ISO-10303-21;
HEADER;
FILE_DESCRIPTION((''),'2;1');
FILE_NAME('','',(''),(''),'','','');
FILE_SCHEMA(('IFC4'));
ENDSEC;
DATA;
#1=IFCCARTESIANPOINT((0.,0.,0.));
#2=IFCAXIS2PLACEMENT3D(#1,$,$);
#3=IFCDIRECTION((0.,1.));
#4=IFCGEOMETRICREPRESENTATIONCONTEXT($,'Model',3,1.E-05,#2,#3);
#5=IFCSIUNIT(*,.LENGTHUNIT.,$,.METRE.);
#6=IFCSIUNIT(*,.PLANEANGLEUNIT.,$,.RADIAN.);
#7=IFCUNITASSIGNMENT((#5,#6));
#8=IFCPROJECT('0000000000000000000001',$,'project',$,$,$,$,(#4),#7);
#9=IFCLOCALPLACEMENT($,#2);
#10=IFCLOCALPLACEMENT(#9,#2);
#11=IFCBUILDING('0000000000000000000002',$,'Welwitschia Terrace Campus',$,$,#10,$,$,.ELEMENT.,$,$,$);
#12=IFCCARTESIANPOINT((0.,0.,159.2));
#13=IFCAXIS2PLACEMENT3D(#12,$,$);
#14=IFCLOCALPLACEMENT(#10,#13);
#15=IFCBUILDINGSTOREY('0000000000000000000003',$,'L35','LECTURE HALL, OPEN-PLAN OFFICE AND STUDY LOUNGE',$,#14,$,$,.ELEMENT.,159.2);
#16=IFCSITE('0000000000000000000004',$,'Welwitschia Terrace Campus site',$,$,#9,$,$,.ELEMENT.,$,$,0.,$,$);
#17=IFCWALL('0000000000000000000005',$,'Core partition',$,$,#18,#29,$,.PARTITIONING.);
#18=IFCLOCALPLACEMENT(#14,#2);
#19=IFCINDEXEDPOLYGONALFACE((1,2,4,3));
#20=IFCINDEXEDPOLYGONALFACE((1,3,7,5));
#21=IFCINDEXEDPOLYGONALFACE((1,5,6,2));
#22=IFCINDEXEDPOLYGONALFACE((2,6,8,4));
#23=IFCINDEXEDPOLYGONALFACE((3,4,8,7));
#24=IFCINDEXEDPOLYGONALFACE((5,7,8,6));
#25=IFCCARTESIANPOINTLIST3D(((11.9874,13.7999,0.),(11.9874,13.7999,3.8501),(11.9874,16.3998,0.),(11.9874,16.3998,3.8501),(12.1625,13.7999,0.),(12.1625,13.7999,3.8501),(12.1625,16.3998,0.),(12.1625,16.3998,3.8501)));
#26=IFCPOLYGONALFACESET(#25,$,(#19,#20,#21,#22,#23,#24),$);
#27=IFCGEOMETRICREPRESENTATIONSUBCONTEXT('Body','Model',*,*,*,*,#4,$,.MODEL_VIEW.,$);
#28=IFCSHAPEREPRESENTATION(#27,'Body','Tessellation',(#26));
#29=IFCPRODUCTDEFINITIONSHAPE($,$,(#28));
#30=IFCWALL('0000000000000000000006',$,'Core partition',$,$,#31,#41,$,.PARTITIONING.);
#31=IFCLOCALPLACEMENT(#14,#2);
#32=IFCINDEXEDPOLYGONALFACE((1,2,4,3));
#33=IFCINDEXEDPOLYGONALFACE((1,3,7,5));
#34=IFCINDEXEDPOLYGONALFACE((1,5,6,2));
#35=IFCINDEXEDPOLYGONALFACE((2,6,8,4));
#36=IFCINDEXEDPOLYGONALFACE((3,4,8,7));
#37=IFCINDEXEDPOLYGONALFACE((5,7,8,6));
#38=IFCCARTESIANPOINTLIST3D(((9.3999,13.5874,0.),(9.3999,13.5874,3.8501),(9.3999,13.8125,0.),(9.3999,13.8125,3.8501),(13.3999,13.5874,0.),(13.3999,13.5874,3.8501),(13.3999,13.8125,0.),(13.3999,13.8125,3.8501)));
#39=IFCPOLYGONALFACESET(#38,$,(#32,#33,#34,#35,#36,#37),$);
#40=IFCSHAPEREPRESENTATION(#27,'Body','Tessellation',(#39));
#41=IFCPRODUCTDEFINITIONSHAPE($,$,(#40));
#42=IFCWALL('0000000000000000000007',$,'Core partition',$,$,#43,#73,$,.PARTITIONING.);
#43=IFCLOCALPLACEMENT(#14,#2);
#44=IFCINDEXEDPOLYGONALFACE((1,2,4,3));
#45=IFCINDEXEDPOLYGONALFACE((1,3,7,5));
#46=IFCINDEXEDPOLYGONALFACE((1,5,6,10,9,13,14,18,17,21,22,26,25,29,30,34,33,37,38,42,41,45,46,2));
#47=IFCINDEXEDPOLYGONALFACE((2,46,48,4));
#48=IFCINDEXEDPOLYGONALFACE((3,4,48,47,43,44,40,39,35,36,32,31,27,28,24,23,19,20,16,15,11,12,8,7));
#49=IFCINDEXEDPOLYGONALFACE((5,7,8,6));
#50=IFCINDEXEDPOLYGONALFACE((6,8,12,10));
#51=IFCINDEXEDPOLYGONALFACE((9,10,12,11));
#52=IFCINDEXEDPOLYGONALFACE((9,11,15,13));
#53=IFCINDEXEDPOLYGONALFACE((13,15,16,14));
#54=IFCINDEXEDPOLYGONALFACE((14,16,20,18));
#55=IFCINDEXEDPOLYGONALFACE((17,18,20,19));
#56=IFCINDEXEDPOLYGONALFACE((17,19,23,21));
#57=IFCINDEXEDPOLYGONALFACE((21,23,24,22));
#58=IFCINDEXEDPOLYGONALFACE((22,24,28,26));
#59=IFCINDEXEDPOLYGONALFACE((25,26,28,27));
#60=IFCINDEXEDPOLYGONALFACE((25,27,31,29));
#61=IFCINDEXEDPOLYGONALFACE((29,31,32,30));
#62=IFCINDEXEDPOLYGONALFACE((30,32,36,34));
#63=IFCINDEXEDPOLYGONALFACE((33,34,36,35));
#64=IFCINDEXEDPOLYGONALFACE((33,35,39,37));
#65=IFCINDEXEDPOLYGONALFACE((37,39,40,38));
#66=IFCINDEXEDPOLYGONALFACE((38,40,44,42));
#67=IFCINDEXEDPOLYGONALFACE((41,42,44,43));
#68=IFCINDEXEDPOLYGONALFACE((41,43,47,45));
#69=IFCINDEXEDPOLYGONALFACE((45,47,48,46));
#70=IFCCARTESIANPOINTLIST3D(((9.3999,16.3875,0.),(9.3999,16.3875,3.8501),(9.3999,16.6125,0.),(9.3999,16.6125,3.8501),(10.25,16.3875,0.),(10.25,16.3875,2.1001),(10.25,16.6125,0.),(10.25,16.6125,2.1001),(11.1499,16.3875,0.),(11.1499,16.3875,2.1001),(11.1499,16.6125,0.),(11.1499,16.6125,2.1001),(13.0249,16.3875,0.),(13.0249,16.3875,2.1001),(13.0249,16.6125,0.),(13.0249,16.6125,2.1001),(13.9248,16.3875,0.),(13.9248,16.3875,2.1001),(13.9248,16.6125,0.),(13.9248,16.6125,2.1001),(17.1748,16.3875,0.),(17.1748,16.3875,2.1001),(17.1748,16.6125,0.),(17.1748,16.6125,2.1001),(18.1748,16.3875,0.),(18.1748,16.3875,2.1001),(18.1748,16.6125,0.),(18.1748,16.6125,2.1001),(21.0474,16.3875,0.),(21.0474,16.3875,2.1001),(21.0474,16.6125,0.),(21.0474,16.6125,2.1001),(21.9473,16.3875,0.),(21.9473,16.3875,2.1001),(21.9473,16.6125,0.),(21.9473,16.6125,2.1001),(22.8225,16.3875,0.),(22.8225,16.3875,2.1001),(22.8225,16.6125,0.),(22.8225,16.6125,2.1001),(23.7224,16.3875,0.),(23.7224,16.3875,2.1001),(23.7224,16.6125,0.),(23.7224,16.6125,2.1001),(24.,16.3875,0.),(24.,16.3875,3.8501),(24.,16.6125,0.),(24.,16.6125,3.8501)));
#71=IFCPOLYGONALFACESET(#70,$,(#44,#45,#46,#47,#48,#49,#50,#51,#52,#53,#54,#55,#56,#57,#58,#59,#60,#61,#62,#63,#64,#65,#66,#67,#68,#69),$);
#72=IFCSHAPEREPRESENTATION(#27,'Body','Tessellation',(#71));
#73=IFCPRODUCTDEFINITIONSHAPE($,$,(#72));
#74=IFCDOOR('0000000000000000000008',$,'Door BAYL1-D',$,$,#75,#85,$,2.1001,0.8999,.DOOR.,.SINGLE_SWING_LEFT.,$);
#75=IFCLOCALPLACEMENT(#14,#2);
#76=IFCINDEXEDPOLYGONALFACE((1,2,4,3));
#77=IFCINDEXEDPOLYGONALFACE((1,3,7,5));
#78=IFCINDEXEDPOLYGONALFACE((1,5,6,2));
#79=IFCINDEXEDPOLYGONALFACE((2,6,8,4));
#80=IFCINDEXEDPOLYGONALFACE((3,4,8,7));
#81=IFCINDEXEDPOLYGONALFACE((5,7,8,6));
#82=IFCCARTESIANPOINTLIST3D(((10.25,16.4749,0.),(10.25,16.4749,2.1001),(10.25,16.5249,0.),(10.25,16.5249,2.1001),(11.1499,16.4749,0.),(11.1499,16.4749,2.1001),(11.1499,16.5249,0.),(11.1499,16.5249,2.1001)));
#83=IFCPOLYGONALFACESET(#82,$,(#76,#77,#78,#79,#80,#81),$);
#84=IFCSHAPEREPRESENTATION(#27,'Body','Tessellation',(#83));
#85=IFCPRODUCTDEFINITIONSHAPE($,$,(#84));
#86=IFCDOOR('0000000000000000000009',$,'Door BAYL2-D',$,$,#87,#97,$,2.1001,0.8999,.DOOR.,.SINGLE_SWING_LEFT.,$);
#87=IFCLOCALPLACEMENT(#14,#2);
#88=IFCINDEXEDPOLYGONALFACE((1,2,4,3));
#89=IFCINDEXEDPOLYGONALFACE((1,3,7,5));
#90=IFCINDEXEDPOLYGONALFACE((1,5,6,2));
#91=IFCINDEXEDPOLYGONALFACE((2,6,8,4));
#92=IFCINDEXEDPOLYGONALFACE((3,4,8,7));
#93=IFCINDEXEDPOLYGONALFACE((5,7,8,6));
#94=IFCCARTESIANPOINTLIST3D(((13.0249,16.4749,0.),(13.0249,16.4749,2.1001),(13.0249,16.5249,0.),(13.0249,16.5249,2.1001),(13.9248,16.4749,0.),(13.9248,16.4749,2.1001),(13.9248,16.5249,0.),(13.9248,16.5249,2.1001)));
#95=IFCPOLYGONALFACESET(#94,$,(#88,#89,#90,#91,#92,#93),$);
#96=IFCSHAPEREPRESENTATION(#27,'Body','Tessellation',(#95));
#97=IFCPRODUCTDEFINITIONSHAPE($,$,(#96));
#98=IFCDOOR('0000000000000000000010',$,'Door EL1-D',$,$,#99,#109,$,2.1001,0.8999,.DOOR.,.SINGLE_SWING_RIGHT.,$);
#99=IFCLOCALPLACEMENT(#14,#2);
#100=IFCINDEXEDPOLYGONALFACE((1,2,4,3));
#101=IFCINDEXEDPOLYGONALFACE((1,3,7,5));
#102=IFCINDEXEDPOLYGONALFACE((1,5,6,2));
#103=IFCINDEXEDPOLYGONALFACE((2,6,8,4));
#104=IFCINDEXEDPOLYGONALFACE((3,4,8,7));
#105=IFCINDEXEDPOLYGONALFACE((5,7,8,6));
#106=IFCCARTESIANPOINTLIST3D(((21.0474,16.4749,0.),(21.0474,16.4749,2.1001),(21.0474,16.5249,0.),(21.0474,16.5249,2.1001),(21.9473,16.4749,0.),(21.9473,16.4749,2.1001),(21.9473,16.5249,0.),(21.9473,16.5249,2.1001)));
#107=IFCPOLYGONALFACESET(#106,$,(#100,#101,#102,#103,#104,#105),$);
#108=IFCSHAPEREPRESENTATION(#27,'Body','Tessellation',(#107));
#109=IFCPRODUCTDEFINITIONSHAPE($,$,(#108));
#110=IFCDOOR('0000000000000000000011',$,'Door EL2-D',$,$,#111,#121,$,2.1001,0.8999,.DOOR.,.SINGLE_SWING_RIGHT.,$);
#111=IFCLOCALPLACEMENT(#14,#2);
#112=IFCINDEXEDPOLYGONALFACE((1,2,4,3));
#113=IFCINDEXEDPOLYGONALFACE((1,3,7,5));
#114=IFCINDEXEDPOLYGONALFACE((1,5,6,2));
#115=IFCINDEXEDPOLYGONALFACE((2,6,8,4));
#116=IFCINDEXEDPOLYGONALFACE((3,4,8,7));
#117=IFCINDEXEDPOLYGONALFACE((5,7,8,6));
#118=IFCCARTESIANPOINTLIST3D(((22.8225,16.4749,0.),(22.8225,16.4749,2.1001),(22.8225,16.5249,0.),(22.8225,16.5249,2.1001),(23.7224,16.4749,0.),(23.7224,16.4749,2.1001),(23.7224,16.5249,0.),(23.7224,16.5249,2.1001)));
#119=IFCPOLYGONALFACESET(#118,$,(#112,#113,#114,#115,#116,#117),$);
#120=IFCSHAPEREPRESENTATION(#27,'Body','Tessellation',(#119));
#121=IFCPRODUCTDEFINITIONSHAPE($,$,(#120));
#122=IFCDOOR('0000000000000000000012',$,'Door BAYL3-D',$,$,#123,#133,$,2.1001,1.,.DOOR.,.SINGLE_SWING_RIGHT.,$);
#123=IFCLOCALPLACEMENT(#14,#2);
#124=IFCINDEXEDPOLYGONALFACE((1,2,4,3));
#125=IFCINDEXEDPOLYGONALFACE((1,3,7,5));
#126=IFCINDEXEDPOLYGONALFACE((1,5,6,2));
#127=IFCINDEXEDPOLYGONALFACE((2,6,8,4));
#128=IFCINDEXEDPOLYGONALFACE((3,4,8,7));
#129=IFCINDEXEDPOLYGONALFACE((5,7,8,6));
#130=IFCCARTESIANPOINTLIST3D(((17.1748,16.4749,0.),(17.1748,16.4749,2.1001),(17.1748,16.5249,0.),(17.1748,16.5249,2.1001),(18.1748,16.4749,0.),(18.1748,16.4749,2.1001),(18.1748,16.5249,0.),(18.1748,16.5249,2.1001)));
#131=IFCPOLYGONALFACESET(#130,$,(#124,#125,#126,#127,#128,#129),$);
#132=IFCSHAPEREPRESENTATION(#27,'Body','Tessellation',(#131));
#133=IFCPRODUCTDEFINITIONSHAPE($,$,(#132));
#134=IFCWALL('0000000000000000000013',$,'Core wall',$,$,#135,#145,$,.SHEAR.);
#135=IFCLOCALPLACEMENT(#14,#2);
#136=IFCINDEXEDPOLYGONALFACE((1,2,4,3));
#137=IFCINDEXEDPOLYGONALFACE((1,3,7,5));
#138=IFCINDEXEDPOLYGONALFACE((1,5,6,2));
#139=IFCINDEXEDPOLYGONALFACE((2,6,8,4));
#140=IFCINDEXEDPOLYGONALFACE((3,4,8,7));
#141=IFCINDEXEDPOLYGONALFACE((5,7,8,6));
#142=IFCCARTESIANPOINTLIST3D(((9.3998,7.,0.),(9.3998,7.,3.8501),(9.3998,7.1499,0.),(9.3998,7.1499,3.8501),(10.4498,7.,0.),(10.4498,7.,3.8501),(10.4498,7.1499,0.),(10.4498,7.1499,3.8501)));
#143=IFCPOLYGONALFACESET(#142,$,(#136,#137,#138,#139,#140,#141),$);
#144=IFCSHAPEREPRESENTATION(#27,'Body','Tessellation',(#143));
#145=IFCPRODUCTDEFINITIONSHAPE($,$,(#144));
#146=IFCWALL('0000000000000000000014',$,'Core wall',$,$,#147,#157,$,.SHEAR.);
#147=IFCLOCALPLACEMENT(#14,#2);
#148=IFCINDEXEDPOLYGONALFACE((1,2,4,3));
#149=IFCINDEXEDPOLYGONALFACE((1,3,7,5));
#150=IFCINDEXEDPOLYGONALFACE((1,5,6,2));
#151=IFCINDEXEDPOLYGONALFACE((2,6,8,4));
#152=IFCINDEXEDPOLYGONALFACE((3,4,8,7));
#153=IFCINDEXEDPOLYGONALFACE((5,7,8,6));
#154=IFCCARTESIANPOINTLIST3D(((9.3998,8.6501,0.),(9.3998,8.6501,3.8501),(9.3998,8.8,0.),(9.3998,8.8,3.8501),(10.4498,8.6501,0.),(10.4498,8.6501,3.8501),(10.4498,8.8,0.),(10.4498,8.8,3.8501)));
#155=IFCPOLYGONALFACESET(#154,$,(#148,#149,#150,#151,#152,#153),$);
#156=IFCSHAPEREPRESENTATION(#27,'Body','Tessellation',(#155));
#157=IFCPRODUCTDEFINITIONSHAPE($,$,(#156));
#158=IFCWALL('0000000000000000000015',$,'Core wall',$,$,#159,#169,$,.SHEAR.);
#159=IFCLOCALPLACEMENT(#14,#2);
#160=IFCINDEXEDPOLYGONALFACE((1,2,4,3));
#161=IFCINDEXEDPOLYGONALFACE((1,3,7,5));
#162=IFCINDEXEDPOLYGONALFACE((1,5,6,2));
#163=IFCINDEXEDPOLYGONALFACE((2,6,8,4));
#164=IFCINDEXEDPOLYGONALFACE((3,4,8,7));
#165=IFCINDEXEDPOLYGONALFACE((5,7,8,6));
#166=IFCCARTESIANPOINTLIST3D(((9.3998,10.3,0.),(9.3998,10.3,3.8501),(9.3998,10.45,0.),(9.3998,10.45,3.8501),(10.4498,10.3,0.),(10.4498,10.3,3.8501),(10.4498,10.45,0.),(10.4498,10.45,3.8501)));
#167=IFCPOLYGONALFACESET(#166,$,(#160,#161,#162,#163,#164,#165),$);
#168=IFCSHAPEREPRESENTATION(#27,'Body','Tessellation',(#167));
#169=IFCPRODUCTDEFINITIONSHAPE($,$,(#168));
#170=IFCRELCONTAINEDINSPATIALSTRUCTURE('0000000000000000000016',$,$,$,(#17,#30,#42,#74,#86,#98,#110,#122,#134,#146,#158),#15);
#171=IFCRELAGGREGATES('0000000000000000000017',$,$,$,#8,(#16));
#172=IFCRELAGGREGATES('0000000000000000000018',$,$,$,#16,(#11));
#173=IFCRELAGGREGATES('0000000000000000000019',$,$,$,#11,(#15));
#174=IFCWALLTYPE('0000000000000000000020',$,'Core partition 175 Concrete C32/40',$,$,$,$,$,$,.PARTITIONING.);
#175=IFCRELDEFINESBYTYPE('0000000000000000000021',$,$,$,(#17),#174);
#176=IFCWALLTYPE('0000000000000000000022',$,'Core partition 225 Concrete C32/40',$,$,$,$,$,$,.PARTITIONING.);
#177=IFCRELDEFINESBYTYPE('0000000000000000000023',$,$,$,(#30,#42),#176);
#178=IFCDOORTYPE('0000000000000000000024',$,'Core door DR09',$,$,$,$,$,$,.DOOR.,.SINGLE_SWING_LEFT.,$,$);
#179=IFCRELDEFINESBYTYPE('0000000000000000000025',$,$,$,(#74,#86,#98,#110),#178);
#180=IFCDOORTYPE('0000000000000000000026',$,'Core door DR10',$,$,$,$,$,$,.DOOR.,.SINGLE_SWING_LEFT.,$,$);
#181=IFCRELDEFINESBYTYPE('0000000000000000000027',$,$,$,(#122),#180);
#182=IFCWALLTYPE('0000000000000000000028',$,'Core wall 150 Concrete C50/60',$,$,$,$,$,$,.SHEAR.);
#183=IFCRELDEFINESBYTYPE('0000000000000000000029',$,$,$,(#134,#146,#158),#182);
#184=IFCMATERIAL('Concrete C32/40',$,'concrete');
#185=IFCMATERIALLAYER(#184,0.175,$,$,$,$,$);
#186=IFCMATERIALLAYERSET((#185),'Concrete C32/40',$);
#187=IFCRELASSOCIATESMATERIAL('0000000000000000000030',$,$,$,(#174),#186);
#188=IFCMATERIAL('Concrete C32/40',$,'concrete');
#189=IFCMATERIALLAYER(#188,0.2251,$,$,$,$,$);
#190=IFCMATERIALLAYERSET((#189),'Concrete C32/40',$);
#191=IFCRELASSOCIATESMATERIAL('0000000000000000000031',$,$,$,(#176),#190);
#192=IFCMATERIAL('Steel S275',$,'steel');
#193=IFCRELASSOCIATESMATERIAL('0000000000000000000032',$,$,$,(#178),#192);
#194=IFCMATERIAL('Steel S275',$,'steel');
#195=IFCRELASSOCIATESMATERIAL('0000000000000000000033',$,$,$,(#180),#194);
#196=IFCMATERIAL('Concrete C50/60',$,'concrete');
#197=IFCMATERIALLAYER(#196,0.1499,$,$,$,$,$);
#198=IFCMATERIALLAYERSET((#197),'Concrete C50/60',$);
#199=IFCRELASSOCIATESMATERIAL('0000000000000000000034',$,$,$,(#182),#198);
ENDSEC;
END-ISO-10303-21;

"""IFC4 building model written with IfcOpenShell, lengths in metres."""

from ifc_helpers import new_model, si_unit, direction, frame, frame_2d, origin, place, context, subcontext, project, spatial, rectangle, extrude, material, layer, layer_set, type_object, element, fill, save


model = new_model("IFC4")

# Units and contexts
model_context = context("Model", 3, precision=1e-05, world=origin(), true_north=direction((0.0, 1.0)))
body_context = subcontext(model_context, "Body", "Model", "MODEL_VIEW")
ifc_project = project(units=[si_unit("LENGTHUNIT", "METRE"), si_unit("PLANEANGLEUNIT", "RADIAN")], contexts=[model_context])

# Site, building, storey
site_placement = place(None, origin())
site = spatial("IfcSite", under=ifc_project, at=site_placement, Name="Welwitschia Terrace Campus site", CompositionType="ELEMENT", RefElevation=0.0)
building_placement = place(site_placement, origin())
building = spatial("IfcBuilding", under=site, at=building_placement, Name="Welwitschia Terrace Campus", CompositionType="ELEMENT")
storey_placement = place(building_placement, frame((0.0, 0.0, 159.2)))
storey = spatial("IfcBuildingStorey", under=building, at=storey_placement, Name="L35", Description="LECTURE HALL, OPEN-PLAN OFFICE AND STUDY LOUNGE", CompositionType="ELEMENT", Elevation=159.2)

# Walls
ifc_material_1 = material(Name="Concrete C32/40", Category="concrete")
ifc_layer_1 = layer(ifc_material_1, 0.175)
ifc_layer_set_1 = layer_set([ifc_layer_1], Name="Concrete C32/40")
wall_type_1 = type_object("IfcWallType", Name="Core partition 175 Concrete C32/40", PredefinedType="PARTITIONING", material=ifc_layer_set_1)
wall_1_placement = place(storey_placement, frame((12.075, 13.8, 0.0), z_axis=(0.0, 0.0, 1.0), x_axis=(0.0, 1.0, 0.0)))
element("IfcWall", 1, at=wall_1_placement, inside=storey, type_object=wall_type_1, Name="Core partition", PredefinedType="PARTITIONING", context=body_context, shape_type="SweptSolid", body=[
    extrude(rectangle(XDim=2.5999, YDim=0.175, at=frame_2d((1.2998, 0.0))), origin(), (0.0, 0.0, 1.0), 3.8501),
])
ifc_material_2 = material(Name="Concrete C32/40", Category="concrete")
ifc_layer_2 = layer(ifc_material_2, 0.2251)
ifc_layer_set_2 = layer_set([ifc_layer_2], Name="Concrete C32/40")
wall_type_2 = type_object("IfcWallType", Name="Core partition 225 Concrete C32/40", PredefinedType="PARTITIONING", material=ifc_layer_set_2)
wall_2_placement = place(storey_placement, frame((9.3999, 13.7, 0.0), z_axis=(0.0, 0.0, 1.0), x_axis=(1.0, 0.0, 0.0)))
element("IfcWall", 2, at=wall_2_placement, inside=storey, type_object=wall_type_2, Name="Core partition", PredefinedType="PARTITIONING", context=body_context, shape_type="SweptSolid", body=[
    extrude(rectangle(XDim=4.0, YDim=0.2251, at=frame_2d((2.0, 0.0))), origin(), (0.0, 0.0, 1.0), 3.8501),
])

# Wall, openings, doors
wall_3_placement = place(storey_placement, frame((9.3999, 16.5, 0.0), z_axis=(0.0, 0.0, 1.0), x_axis=(1.0, 0.0, 0.0)))
wall_3 = element("IfcWall", 3, at=wall_3_placement, inside=storey, type_object=wall_type_2, Name="Core partition", PredefinedType="PARTITIONING", context=body_context, shape_type="SweptSolid", body=[
    extrude(rectangle(XDim=14.6001, YDim=0.2251, at=frame_2d((7.3, 0.0))), origin(), (0.0, 0.0, 1.0), 3.8501),
])
opening_1_placement = place(wall_3_placement, frame((0.8501, 0.0, 0.0)))
opening_1 = element("IfcOpeningElement", 4, at=opening_1_placement, cuts=wall_3, PredefinedType="OPENING", context=body_context, shape_type="SweptSolid", body=[
    extrude(rectangle(XDim=0.8999, YDim=2.1001, at=frame_2d((0.45, 1.05))), frame((0.0, 0.1226, 0.0), z_axis=(0.0, -1.0, 0.0), x_axis=(1.0, 0.0, 0.0)), (0.0, 0.0, 1.0), 0.2451),
])
opening_2_placement = place(wall_3_placement, frame((3.625, 0.0, 0.0)))
opening_2 = element("IfcOpeningElement", 5, at=opening_2_placement, cuts=wall_3, PredefinedType="OPENING", context=body_context, shape_type="SweptSolid", body=[
    extrude(rectangle(XDim=0.8999, YDim=2.1001, at=frame_2d((0.45, 1.05))), frame((0.0, 0.1226, 0.0), z_axis=(0.0, -1.0, 0.0), x_axis=(1.0, 0.0, 0.0)), (0.0, 0.0, 1.0), 0.2451),
])
opening_3_placement = place(wall_3_placement, frame((7.7749, 0.0, 0.0)))
opening_3 = element("IfcOpeningElement", 6, at=opening_3_placement, cuts=wall_3, PredefinedType="OPENING", context=body_context, shape_type="SweptSolid", body=[
    extrude(rectangle(XDim=1.0, YDim=2.1001, at=frame_2d((0.5, 1.05))), frame((0.0, 0.1226, 0.0), z_axis=(0.0, -1.0, 0.0), x_axis=(1.0, 0.0, 0.0)), (0.0, 0.0, 1.0), 0.2451),
])
opening_4_placement = place(wall_3_placement, frame((11.6475, 0.0, 0.0)))
opening_4 = element("IfcOpeningElement", 7, at=opening_4_placement, cuts=wall_3, PredefinedType="OPENING", context=body_context, shape_type="SweptSolid", body=[
    extrude(rectangle(XDim=0.8999, YDim=2.1001, at=frame_2d((0.45, 1.05))), frame((0.0, 0.1226, 0.0), z_axis=(0.0, -1.0, 0.0), x_axis=(1.0, 0.0, 0.0)), (0.0, 0.0, 1.0), 0.2451),
])
opening_5_placement = place(wall_3_placement, frame((13.4226, 0.0, 0.0)))
opening_5 = element("IfcOpeningElement", 8, at=opening_5_placement, cuts=wall_3, PredefinedType="OPENING", context=body_context, shape_type="SweptSolid", body=[
    extrude(rectangle(XDim=0.8999, YDim=2.1001, at=frame_2d((0.45, 1.05))), frame((0.0, 0.1226, 0.0), z_axis=(0.0, -1.0, 0.0), x_axis=(1.0, 0.0, 0.0)), (0.0, 0.0, 1.0), 0.2451),
])
ifc_material_3 = material(Name="Steel S275", Category="steel")
door_type_1 = type_object("IfcDoorType", Name="Core door DR09", OperationType="SINGLE_SWING_LEFT", PredefinedType="DOOR", material=ifc_material_3)
door_1_placement = place(opening_1_placement, origin())
door_1 = element("IfcDoor", 9, at=door_1_placement, inside=storey, type_object=door_type_1, Name="Door BAYL1-D", OperationType="SINGLE_SWING_LEFT", OverallHeight=2.1001, OverallWidth=0.8999, PredefinedType="DOOR", context=body_context, shape_type="SweptSolid", body=[
    extrude(rectangle(XDim=0.8999, YDim=2.1001, at=frame_2d((0.45, 1.05))), frame((0.0, 0.0249, 0.0), z_axis=(0.0, -1.0, 0.0), x_axis=(1.0, 0.0, 0.0)), (0.0, 0.0, 1.0), 0.05),
])
fill(opening_1, door_1)
door_2_placement = place(opening_2_placement, origin())
door_2 = element("IfcDoor", 10, at=door_2_placement, inside=storey, type_object=door_type_1, Name="Door BAYL2-D", OperationType="SINGLE_SWING_LEFT", OverallHeight=2.1001, OverallWidth=0.8999, PredefinedType="DOOR", context=body_context, shape_type="SweptSolid", body=[
    extrude(rectangle(XDim=0.8999, YDim=2.1001, at=frame_2d((0.45, 1.05))), frame((0.0, 0.0249, 0.0), z_axis=(0.0, -1.0, 0.0), x_axis=(1.0, 0.0, 0.0)), (0.0, 0.0, 1.0), 0.05),
])
fill(opening_2, door_2)
door_3_placement = place(opening_4_placement, origin())
door_3 = element("IfcDoor", 11, at=door_3_placement, inside=storey, type_object=door_type_1, Name="Door EL1-D", OperationType="SINGLE_SWING_RIGHT", OverallHeight=2.1001, OverallWidth=0.8999, PredefinedType="DOOR", context=body_context, shape_type="SweptSolid", body=[
    extrude(rectangle(XDim=0.8999, YDim=2.1001, at=frame_2d((0.45, 1.05))), frame((0.0, 0.0249, 0.0), z_axis=(0.0, -1.0, 0.0), x_axis=(1.0, 0.0, 0.0)), (0.0, 0.0, 1.0), 0.05),
])
fill(opening_4, door_3)
door_4_placement = place(opening_5_placement, origin())
door_4 = element("IfcDoor", 12, at=door_4_placement, inside=storey, type_object=door_type_1, Name="Door EL2-D", OperationType="SINGLE_SWING_RIGHT", OverallHeight=2.1001, OverallWidth=0.8999, PredefinedType="DOOR", context=body_context, shape_type="SweptSolid", body=[
    extrude(rectangle(XDim=0.8999, YDim=2.1001, at=frame_2d((0.45, 1.05))), frame((0.0, 0.0249, 0.0), z_axis=(0.0, -1.0, 0.0), x_axis=(1.0, 0.0, 0.0)), (0.0, 0.0, 1.0), 0.05),
])
fill(opening_5, door_4)
ifc_material_4 = material(Name="Steel S275", Category="steel")
door_type_2 = type_object("IfcDoorType", Name="Core door DR10", OperationType="SINGLE_SWING_LEFT", PredefinedType="DOOR", material=ifc_material_4)
door_5_placement = place(opening_3_placement, origin())
door_5 = element("IfcDoor", 13, at=door_5_placement, inside=storey, type_object=door_type_2, Name="Door BAYL3-D", OperationType="SINGLE_SWING_RIGHT", OverallHeight=2.1001, OverallWidth=1.0, PredefinedType="DOOR", context=body_context, shape_type="SweptSolid", body=[
    extrude(rectangle(XDim=1.0, YDim=2.1001, at=frame_2d((0.5, 1.05))), frame((0.0, 0.0249, 0.0), z_axis=(0.0, -1.0, 0.0), x_axis=(1.0, 0.0, 0.0)), (0.0, 0.0, 1.0), 0.05),
])
fill(opening_3, door_5)

# Walls
ifc_material_5 = material(Name="Concrete C50/60", Category="concrete")
ifc_layer_3 = layer(ifc_material_5, 0.1499)
ifc_layer_set_3 = layer_set([ifc_layer_3], Name="Concrete C50/60")
wall_type_3 = type_object("IfcWallType", Name="Core wall 150 Concrete C50/60", PredefinedType="SHEAR", material=ifc_layer_set_3)
for number, where, z_axis, x_axis, name in (
    (14, (9.3999, 7.075, 0.0), (0.0, 0.0, 1.0), (1.0, 0.0, 0.0), "Core wall"),
    (15, (9.3999, 8.7251, 0.0), (0.0, 0.0, 1.0), (1.0, 0.0, 0.0), "Core wall"),
    (16, (9.3999, 10.375, 0.0), (0.0, 0.0, 1.0), (1.0, 0.0, 0.0), "Core wall"),
):
    element("IfcWall", number, at=place(storey_placement, frame(where, z_axis=z_axis, x_axis=x_axis)), inside=storey, type_object=wall_type_3, Name=name, PredefinedType="SHEAR", context=body_context, shape_type="SweptSolid", body=[
        extrude(rectangle(XDim=1.05, YDim=0.1499, at=frame_2d((0.5249, 0.0))), origin(), (0.0, 0.0, 1.0), 3.8501),
    ])

save(model, "model.ifc")
